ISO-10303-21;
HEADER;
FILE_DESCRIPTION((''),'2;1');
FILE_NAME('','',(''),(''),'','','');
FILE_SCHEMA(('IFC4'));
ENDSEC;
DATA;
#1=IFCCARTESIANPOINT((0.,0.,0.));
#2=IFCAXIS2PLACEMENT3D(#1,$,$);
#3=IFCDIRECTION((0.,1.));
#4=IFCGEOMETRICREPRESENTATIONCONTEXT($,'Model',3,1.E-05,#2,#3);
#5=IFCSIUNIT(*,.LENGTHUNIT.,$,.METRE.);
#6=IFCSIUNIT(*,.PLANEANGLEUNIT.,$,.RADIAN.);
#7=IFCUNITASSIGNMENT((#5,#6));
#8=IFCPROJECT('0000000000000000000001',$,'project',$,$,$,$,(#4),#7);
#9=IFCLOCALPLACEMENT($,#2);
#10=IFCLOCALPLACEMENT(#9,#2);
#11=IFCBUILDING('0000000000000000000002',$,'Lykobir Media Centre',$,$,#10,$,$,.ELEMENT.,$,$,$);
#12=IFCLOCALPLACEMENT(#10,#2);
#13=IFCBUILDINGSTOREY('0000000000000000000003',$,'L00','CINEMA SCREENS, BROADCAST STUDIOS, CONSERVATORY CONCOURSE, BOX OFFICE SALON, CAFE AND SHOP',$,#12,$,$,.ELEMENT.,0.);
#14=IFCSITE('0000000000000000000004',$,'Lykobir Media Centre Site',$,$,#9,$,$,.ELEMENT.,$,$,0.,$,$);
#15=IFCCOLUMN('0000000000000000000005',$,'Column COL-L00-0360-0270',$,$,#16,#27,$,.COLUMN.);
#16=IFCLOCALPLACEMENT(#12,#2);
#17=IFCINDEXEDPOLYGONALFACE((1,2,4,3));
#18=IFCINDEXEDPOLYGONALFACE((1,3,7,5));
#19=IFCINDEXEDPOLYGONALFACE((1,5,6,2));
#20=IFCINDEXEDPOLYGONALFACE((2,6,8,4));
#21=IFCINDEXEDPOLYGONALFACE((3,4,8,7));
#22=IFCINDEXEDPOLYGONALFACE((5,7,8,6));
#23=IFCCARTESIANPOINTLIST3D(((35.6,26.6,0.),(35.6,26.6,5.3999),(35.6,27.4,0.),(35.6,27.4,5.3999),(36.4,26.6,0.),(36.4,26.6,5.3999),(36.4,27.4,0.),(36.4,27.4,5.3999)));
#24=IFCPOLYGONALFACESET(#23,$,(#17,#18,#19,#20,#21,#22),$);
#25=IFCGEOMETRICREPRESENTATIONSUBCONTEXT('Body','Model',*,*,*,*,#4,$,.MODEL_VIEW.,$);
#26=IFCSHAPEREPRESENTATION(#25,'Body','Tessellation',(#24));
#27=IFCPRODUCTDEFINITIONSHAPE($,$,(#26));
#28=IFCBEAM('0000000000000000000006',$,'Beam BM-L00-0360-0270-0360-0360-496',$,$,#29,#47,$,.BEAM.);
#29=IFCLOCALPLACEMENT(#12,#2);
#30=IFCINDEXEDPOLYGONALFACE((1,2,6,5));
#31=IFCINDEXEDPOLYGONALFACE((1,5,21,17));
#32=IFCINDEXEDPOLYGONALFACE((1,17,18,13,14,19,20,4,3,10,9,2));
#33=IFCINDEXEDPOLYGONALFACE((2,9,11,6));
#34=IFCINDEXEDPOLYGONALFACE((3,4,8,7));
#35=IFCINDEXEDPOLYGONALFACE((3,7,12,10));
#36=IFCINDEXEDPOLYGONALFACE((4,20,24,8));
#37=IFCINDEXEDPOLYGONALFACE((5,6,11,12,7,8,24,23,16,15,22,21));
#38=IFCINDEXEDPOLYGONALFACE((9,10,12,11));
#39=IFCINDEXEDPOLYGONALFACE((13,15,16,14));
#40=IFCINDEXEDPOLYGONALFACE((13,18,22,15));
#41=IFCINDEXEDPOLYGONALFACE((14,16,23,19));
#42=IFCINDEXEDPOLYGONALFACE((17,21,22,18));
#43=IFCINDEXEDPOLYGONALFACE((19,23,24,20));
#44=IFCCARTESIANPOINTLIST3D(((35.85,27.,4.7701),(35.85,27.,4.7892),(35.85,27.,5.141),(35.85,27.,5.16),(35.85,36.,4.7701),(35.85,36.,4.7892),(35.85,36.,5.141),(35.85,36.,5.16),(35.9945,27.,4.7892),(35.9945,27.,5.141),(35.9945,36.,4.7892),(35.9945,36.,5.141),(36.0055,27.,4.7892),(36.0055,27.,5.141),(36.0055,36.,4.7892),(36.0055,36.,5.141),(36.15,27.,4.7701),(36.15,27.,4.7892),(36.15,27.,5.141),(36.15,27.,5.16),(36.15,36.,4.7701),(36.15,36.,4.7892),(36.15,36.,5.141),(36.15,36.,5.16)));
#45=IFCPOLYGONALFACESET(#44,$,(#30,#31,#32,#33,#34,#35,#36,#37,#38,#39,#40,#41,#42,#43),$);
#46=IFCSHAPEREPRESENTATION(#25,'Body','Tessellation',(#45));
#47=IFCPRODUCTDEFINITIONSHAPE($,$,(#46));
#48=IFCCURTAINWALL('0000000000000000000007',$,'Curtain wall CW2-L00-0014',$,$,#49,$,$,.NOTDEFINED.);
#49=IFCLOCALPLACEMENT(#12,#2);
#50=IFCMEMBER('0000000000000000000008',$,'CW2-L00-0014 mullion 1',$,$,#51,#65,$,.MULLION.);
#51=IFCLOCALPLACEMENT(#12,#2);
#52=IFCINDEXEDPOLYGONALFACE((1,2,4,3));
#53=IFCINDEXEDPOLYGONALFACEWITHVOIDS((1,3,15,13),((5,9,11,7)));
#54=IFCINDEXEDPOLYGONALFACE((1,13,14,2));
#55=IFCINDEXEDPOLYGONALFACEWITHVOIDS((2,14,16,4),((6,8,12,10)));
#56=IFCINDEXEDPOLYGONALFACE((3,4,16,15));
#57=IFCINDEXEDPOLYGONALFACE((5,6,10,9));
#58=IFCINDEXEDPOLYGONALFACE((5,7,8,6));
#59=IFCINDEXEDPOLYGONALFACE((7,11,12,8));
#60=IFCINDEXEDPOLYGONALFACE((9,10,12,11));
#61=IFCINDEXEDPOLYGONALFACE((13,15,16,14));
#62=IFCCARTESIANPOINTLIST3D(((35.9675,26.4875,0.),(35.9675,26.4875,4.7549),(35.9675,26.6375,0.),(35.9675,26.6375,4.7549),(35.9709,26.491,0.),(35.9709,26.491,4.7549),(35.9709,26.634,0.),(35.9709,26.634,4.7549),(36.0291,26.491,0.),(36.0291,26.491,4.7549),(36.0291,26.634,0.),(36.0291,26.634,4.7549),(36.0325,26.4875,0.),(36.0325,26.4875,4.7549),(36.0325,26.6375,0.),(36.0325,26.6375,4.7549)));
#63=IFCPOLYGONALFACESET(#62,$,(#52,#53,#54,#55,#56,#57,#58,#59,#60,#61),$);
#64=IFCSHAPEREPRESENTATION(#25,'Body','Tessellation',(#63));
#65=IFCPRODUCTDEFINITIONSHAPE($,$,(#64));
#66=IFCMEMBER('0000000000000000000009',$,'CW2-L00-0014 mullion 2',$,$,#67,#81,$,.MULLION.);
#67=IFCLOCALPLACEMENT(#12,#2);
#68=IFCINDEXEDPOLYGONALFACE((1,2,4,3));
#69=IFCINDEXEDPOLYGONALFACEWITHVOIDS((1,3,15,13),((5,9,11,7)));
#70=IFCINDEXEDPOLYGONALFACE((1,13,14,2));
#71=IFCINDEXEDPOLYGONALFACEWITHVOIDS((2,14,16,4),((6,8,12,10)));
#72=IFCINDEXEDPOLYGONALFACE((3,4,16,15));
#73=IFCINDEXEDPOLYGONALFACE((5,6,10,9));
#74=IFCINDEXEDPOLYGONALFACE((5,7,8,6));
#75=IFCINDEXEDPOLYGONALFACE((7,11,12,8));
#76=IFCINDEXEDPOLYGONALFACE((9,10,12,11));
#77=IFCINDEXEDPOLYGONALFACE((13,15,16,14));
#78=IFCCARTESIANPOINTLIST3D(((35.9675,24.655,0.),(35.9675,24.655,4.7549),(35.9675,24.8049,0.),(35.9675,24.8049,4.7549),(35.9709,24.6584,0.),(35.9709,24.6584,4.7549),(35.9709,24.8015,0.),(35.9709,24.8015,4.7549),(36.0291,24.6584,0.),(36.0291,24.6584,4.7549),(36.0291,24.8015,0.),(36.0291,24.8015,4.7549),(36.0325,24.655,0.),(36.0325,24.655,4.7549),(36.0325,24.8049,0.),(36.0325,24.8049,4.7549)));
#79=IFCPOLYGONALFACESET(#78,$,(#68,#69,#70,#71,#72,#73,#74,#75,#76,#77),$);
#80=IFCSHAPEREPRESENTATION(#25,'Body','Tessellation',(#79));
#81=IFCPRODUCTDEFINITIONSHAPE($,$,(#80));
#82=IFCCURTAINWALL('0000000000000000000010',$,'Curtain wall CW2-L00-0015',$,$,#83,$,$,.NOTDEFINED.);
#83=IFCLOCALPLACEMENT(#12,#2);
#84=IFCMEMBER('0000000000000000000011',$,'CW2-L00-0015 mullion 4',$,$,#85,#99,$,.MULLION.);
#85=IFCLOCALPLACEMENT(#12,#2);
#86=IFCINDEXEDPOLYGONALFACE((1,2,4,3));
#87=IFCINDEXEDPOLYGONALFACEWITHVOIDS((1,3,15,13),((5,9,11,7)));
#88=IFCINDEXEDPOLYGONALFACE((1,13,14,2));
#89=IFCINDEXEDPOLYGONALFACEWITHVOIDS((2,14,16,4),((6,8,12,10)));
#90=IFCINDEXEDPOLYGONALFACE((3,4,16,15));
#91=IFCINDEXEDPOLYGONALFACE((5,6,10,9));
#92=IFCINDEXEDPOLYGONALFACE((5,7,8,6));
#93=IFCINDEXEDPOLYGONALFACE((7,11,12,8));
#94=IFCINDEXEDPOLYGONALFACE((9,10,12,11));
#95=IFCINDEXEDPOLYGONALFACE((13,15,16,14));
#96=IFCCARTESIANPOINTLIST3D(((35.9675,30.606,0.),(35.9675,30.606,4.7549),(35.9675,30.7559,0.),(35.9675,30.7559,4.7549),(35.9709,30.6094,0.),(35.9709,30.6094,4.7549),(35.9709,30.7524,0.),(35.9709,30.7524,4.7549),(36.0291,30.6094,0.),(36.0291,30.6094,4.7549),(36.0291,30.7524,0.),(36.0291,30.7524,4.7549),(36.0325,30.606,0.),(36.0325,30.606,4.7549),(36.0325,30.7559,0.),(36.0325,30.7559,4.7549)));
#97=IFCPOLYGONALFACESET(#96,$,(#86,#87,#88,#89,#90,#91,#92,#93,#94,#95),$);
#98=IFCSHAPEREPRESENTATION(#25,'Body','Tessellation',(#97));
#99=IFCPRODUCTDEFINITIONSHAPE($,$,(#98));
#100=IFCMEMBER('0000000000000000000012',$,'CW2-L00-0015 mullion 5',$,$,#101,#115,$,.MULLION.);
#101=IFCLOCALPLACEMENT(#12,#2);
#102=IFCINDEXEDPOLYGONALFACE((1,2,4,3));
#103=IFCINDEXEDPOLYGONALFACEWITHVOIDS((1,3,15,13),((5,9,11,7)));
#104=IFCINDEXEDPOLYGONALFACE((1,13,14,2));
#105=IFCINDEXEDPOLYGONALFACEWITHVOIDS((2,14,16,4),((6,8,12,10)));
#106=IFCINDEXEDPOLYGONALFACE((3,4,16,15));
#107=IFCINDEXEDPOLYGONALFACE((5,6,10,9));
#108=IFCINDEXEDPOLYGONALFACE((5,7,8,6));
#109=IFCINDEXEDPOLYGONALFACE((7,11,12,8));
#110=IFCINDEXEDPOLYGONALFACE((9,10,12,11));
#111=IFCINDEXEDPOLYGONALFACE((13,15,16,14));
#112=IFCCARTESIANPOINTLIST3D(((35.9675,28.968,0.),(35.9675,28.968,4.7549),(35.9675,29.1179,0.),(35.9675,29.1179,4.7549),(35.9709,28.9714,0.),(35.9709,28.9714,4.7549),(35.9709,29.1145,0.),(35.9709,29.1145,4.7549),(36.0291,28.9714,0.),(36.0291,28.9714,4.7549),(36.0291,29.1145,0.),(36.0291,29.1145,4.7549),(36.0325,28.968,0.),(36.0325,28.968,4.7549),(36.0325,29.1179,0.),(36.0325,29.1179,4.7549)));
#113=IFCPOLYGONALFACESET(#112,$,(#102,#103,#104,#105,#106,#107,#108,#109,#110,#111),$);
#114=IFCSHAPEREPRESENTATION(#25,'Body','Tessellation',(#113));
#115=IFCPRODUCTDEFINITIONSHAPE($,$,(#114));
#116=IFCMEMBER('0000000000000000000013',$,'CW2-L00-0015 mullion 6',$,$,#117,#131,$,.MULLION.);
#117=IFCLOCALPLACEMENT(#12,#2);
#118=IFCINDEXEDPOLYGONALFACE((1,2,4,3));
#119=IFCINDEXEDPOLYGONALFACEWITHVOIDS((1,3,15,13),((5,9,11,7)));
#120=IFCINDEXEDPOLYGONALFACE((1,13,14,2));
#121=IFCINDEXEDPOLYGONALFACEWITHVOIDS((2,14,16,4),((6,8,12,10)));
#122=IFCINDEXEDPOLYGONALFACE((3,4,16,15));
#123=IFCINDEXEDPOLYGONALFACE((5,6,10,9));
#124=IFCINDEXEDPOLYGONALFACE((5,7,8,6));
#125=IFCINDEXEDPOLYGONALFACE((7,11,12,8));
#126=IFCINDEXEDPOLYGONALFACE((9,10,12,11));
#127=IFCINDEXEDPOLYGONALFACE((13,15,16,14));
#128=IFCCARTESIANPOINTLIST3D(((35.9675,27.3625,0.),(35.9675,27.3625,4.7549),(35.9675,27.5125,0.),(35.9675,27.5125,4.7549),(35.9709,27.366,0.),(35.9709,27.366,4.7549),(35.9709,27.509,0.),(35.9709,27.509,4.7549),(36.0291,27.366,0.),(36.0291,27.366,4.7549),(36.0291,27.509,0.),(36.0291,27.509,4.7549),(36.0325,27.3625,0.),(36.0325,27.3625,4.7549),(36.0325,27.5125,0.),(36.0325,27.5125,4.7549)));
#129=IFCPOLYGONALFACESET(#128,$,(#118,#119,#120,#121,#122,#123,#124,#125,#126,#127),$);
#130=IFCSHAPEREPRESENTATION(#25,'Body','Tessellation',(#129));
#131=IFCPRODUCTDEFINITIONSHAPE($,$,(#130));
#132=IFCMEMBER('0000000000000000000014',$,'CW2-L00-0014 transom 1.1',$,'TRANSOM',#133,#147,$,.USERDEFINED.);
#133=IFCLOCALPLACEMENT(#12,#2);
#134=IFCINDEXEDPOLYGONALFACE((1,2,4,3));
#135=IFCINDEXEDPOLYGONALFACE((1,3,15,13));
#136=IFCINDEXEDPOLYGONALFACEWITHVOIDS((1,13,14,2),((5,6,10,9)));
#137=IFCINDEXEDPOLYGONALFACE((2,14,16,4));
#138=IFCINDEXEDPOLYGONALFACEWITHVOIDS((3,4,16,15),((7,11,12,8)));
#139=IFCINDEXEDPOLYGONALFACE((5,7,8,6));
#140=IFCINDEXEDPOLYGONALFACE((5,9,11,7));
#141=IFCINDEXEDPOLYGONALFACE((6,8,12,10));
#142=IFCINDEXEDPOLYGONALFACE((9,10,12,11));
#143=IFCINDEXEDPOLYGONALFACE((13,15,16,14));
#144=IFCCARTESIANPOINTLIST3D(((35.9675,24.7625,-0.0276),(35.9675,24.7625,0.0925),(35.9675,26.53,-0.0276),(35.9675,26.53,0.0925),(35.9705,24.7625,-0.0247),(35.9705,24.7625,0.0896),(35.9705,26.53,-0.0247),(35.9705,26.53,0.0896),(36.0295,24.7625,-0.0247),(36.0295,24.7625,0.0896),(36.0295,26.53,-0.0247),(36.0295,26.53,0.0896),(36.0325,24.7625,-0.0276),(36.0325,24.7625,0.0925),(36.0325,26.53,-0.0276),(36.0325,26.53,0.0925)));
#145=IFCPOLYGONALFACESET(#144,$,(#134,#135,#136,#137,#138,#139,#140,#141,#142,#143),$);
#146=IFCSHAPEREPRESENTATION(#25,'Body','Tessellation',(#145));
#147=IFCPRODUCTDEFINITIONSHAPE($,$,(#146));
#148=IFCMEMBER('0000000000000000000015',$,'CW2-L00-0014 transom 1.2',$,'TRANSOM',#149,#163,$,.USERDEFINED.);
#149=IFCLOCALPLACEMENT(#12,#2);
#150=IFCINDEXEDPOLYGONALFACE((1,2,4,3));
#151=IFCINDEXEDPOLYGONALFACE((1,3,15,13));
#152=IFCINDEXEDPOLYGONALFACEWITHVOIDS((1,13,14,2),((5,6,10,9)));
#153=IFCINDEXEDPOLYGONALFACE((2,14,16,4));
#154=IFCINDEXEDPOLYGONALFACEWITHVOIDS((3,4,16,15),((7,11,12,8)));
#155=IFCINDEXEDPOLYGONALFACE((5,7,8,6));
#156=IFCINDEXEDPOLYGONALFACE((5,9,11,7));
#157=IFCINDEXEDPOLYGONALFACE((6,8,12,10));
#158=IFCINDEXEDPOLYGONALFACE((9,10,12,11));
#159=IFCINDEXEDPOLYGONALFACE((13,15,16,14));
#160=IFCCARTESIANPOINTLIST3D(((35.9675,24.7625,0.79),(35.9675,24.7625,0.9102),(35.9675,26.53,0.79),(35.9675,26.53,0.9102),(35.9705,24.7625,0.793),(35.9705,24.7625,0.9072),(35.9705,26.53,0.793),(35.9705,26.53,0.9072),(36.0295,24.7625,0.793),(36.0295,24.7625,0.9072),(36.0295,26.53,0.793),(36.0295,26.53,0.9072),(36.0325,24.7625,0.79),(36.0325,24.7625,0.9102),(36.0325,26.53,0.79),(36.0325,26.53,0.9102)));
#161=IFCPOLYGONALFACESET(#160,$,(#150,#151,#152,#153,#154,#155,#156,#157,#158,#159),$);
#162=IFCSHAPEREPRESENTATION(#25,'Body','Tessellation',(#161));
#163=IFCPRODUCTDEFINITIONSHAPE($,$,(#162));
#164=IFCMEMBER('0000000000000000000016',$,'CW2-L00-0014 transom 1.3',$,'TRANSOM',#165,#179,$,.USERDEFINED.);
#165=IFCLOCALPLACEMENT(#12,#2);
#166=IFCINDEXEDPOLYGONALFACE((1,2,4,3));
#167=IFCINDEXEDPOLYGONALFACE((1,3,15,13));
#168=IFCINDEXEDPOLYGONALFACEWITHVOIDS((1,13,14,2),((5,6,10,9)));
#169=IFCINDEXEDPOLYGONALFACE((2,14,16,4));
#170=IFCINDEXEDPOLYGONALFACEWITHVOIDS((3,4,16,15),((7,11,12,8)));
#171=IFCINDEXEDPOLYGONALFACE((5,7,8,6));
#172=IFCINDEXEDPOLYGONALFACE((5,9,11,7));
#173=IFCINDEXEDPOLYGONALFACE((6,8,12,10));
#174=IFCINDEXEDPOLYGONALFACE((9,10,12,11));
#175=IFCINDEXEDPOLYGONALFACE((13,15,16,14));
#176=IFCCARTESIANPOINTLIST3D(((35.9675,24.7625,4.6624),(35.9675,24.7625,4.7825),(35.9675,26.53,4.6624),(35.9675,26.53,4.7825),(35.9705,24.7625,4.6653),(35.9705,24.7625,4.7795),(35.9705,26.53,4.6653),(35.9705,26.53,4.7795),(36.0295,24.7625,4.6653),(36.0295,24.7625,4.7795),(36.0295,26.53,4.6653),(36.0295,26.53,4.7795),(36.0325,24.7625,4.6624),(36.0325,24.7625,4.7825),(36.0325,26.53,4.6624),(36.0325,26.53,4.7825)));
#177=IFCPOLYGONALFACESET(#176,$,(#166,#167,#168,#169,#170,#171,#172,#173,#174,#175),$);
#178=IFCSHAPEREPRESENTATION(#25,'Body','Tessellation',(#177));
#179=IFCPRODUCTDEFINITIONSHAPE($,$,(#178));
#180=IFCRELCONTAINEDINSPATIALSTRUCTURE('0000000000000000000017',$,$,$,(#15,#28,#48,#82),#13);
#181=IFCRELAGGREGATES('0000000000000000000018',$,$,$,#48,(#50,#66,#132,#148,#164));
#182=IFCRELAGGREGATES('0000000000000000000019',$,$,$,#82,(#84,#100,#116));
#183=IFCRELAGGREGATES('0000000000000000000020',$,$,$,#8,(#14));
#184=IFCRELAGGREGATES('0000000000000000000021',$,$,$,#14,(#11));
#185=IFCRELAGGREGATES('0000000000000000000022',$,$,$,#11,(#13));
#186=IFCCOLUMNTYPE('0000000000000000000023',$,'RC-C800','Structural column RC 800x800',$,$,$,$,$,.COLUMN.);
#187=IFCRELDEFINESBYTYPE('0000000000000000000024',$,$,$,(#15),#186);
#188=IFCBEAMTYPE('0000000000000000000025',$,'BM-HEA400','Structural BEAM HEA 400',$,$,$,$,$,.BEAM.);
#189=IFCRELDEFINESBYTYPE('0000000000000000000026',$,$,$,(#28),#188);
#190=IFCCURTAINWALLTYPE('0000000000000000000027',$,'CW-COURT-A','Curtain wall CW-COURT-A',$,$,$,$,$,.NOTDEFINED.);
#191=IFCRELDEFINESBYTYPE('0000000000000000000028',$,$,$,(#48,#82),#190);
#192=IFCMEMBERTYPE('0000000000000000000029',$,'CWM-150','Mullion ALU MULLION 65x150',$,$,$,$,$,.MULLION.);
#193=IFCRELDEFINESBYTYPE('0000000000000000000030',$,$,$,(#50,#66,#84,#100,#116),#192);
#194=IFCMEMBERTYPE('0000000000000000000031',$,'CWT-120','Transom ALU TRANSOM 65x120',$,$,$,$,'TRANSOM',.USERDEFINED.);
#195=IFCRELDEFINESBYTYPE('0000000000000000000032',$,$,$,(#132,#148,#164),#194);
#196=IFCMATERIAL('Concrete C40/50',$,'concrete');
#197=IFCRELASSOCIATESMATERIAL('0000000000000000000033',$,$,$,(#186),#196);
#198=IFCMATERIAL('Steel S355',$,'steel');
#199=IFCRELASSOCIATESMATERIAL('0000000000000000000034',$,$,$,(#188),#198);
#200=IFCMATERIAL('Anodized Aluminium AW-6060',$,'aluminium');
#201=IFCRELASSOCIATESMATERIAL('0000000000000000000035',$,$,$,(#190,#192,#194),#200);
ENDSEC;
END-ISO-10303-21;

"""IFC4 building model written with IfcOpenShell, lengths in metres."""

from ifc_helpers import new_model, si_unit, direction, frame, origin, origin_2d, place, context, subcontext, project, spatial, rectangle, hollow_rectangle, i_section, extrude, material, material_profile, profile_set, type_object, element, aggregate, save


model = new_model("IFC4")

# Units and contexts
model_context = context("Model", 3, precision=1e-05, world=origin(), true_north=direction((0.0, 1.0)))
body_context = subcontext(model_context, "Body", "Model", "MODEL_VIEW")
ifc_project = project(units=[si_unit("LENGTHUNIT", "METRE"), si_unit("PLANEANGLEUNIT", "RADIAN")], contexts=[model_context])

# Site, building, storey
site_placement = place(None, origin())
site = spatial("IfcSite", under=ifc_project, at=site_placement, Name="Lykobir Media Centre Site", CompositionType="ELEMENT", RefElevation=0.0)
building_placement = place(site_placement, origin())
building = spatial("IfcBuilding", under=site, at=building_placement, Name="Lykobir Media Centre", CompositionType="ELEMENT")
storey_placement = place(building_placement, origin())
storey = spatial("IfcBuildingStorey", under=building, at=storey_placement, Name="L00", Description="CINEMA SCREENS, BROADCAST STUDIOS, CONSERVATORY CONCOURSE, BOX OFFICE SALON, CAFE AND SHOP", CompositionType="ELEMENT", Elevation=0.0)

# Column
ifc_material_1 = material(Name="Concrete C40/50", Category="concrete")
ifc_material_profile_1 = material_profile(ifc_material_1, rectangle(XDim=0.8, YDim=0.8, at=origin_2d()), Name="RC 800x800")
ifc_profile_set_1 = profile_set([ifc_material_profile_1], Name="Concrete C40/50")
column_type = type_object("IfcColumnType", Name="RC-C800", Description="Structural column RC 800x800", PredefinedType="COLUMN", material=ifc_profile_set_1)
column_placement = place(storey_placement, frame((36.0, 27.0, 0.0), z_axis=(0.0, 0.0, 1.0), x_axis=(1.0, 0.0, 0.0)))
element("IfcColumn", 1, at=column_placement, inside=storey, type_object=column_type, Name="Column COL-L00-0360-0270", PredefinedType="COLUMN", context=body_context, shape_type="SweptSolid", body=[
    extrude(rectangle(XDim=0.8, YDim=0.8, at=origin_2d()), origin(), (0.0, 0.0, 1.0), 5.3999),
])

# Beam
ifc_material_2 = material(Name="Steel S355", Category="steel")
ifc_material_profile_2 = material_profile(ifc_material_2, i_section(OverallWidth=0.3, OverallDepth=0.3899, WebThickness=0.011, FlangeThickness=0.019, at=origin_2d()), Name="HEA 400")
ifc_profile_set_2 = profile_set([ifc_material_profile_2], Name="Steel S355")
beam_type = type_object("IfcBeamType", Name="BM-HEA400", Description="Structural BEAM HEA 400", PredefinedType="BEAM", material=ifc_profile_set_2)
beam_placement = place(storey_placement, frame((36.0, 27.0, 4.9651), z_axis=(0.0, 1.0, 0.0), x_axis=(-1.0, 0.0, 0.0)))
element("IfcBeam", 2, at=beam_placement, inside=storey, type_object=beam_type, Name="Beam BM-L00-0360-0270-0360-0360-496", PredefinedType="BEAM", context=body_context, shape_type="SweptSolid", body=[
    extrude(i_section(OverallWidth=0.3, OverallDepth=0.3899, WebThickness=0.011, FlangeThickness=0.019, at=origin_2d()), origin(), (0.0, 0.0, 1.0), 9.0),
])

# Curtain walls, members
ifc_material_3 = material(Name="Anodized Aluminium AW-6060", Category="aluminium")
curtain_wall_type = type_object("IfcCurtainWallType", Name="CW-COURT-A", Description="Curtain wall CW-COURT-A", PredefinedType="NOTDEFINED", material=ifc_material_3)
curtain_wall_1_placement = place(storey_placement, origin())
curtain_wall_1 = element("IfcCurtainWall", 3, at=curtain_wall_1_placement, inside=storey, type_object=curtain_wall_type, Name="Curtain wall CW2-L00-0014", PredefinedType="NOTDEFINED")
ifc_material_profile_3 = material_profile(ifc_material_3, hollow_rectangle(XDim=0.0649, YDim=0.1499, WallThickness=0.0034, at=origin_2d()), Name="ALU MULLION 65x150")
ifc_profile_set_3 = profile_set([ifc_material_profile_3], Name="Anodized Aluminium AW-6060")
member_type_1 = type_object("IfcMemberType", Name="CWM-150", Description="Mullion ALU MULLION 65x150", PredefinedType="MULLION", material=ifc_profile_set_3)
member_1_placement = place(storey_placement, frame((36.0, 26.5625, 0.0), z_axis=(0.0, 0.0, 1.0), x_axis=(1.0, 0.0, 0.0)))
member_1 = element("IfcMember", 4, at=member_1_placement, type_object=member_type_1, Name="CW2-L00-0014 mullion 1", PredefinedType="MULLION", context=body_context, shape_type="SweptSolid", body=[
    extrude(hollow_rectangle(XDim=0.0649, YDim=0.1499, WallThickness=0.0034, at=origin_2d()), origin(), (0.0, 0.0, 1.0), 4.7549),
])
member_2_placement = place(storey_placement, frame((36.0, 24.73, 0.0), z_axis=(0.0, 0.0, 1.0), x_axis=(1.0, 0.0, 0.0)))
member_2 = element("IfcMember", 5, at=member_2_placement, type_object=member_type_1, Name="CW2-L00-0014 mullion 2", PredefinedType="MULLION", context=body_context, shape_type="SweptSolid", body=[
    extrude(hollow_rectangle(XDim=0.0649, YDim=0.1499, WallThickness=0.0034, at=origin_2d()), origin(), (0.0, 0.0, 1.0), 4.7549),
])
curtain_wall_2_placement = place(storey_placement, origin())
curtain_wall_2 = element("IfcCurtainWall", 6, at=curtain_wall_2_placement, inside=storey, type_object=curtain_wall_type, Name="Curtain wall CW2-L00-0015", PredefinedType="NOTDEFINED")
member_3_placement = place(storey_placement, frame((36.0, 30.6809, 0.0), z_axis=(0.0, 0.0, 1.0), x_axis=(1.0, 0.0, 0.0)))
member_3 = element("IfcMember", 7, at=member_3_placement, type_object=member_type_1, Name="CW2-L00-0015 mullion 4", PredefinedType="MULLION", context=body_context, shape_type="SweptSolid", body=[
    extrude(hollow_rectangle(XDim=0.0649, YDim=0.1499, WallThickness=0.0034, at=origin_2d()), origin(), (0.0, 0.0, 1.0), 4.7549),
])
member_4_placement = place(storey_placement, frame((36.0, 29.043, 0.0), z_axis=(0.0, 0.0, 1.0), x_axis=(1.0, 0.0, 0.0)))
member_4 = element("IfcMember", 8, at=member_4_placement, type_object=member_type_1, Name="CW2-L00-0015 mullion 5", PredefinedType="MULLION", context=body_context, shape_type="SweptSolid", body=[
    extrude(hollow_rectangle(XDim=0.0649, YDim=0.1499, WallThickness=0.0034, at=origin_2d()), origin(), (0.0, 0.0, 1.0), 4.7549),
])
member_5_placement = place(storey_placement, frame((36.0, 27.4375, 0.0), z_axis=(0.0, 0.0, 1.0), x_axis=(1.0, 0.0, 0.0)))
member_5 = element("IfcMember", 9, at=member_5_placement, type_object=member_type_1, Name="CW2-L00-0015 mullion 6", PredefinedType="MULLION", context=body_context, shape_type="SweptSolid", body=[
    extrude(hollow_rectangle(XDim=0.0649, YDim=0.1499, WallThickness=0.0034, at=origin_2d()), origin(), (0.0, 0.0, 1.0), 4.7549),
])

# Members
ifc_material_profile_4 = material_profile(ifc_material_3, hollow_rectangle(XDim=0.0649, YDim=0.1201, WallThickness=0.0029, at=origin_2d()), Name="ALU TRANSOM 65x120")
ifc_profile_set_4 = profile_set([ifc_material_profile_4], Name="Anodized Aluminium AW-6060")
member_type_2 = type_object("IfcMemberType", Name="CWT-120", Description="Transom ALU TRANSOM 65x120", ElementType="TRANSOM", PredefinedType="USERDEFINED", material=ifc_profile_set_4)
member_6_placement = place(storey_placement, frame((36.0, 26.53, 0.0325), z_axis=(0.0, -1.0, 0.0), x_axis=(1.0, 0.0, 0.0)))
member_6 = element("IfcMember", 10, at=member_6_placement, type_object=member_type_2, Name="CW2-L00-0014 transom 1.1", ObjectType="TRANSOM", PredefinedType="USERDEFINED", context=body_context, shape_type="SweptSolid", body=[
    extrude(hollow_rectangle(XDim=0.0649, YDim=0.1201, WallThickness=0.0029, at=origin_2d()), origin(), (0.0, 0.0, 1.0), 1.7676),
])
member_7_placement = place(storey_placement, frame((36.0, 26.53, 0.8501), z_axis=(0.0, -1.0, 0.0), x_axis=(1.0, 0.0, 0.0)))
member_7 = element("IfcMember", 11, at=member_7_placement, type_object=member_type_2, Name="CW2-L00-0014 transom 1.2", ObjectType="TRANSOM", PredefinedType="USERDEFINED", context=body_context, shape_type="SweptSolid", body=[
    extrude(hollow_rectangle(XDim=0.0649, YDim=0.1201, WallThickness=0.0029, at=origin_2d()), origin(), (0.0, 0.0, 1.0), 1.7676),
])
member_8_placement = place(storey_placement, frame((36.0, 26.53, 4.7224), z_axis=(0.0, -1.0, 0.0), x_axis=(1.0, 0.0, 0.0)))
member_8 = element("IfcMember", 12, at=member_8_placement, type_object=member_type_2, Name="CW2-L00-0014 transom 1.3", ObjectType="TRANSOM", PredefinedType="USERDEFINED", context=body_context, shape_type="SweptSolid", body=[
    extrude(hollow_rectangle(XDim=0.0649, YDim=0.1201, WallThickness=0.0029, at=origin_2d()), origin(), (0.0, 0.0, 1.0), 1.7676),
])

aggregate(curtain_wall_1, [member_1, member_2, member_6, member_7, member_8])
aggregate(curtain_wall_2, [member_3, member_4, member_5])

save(model, "model.ifc")
